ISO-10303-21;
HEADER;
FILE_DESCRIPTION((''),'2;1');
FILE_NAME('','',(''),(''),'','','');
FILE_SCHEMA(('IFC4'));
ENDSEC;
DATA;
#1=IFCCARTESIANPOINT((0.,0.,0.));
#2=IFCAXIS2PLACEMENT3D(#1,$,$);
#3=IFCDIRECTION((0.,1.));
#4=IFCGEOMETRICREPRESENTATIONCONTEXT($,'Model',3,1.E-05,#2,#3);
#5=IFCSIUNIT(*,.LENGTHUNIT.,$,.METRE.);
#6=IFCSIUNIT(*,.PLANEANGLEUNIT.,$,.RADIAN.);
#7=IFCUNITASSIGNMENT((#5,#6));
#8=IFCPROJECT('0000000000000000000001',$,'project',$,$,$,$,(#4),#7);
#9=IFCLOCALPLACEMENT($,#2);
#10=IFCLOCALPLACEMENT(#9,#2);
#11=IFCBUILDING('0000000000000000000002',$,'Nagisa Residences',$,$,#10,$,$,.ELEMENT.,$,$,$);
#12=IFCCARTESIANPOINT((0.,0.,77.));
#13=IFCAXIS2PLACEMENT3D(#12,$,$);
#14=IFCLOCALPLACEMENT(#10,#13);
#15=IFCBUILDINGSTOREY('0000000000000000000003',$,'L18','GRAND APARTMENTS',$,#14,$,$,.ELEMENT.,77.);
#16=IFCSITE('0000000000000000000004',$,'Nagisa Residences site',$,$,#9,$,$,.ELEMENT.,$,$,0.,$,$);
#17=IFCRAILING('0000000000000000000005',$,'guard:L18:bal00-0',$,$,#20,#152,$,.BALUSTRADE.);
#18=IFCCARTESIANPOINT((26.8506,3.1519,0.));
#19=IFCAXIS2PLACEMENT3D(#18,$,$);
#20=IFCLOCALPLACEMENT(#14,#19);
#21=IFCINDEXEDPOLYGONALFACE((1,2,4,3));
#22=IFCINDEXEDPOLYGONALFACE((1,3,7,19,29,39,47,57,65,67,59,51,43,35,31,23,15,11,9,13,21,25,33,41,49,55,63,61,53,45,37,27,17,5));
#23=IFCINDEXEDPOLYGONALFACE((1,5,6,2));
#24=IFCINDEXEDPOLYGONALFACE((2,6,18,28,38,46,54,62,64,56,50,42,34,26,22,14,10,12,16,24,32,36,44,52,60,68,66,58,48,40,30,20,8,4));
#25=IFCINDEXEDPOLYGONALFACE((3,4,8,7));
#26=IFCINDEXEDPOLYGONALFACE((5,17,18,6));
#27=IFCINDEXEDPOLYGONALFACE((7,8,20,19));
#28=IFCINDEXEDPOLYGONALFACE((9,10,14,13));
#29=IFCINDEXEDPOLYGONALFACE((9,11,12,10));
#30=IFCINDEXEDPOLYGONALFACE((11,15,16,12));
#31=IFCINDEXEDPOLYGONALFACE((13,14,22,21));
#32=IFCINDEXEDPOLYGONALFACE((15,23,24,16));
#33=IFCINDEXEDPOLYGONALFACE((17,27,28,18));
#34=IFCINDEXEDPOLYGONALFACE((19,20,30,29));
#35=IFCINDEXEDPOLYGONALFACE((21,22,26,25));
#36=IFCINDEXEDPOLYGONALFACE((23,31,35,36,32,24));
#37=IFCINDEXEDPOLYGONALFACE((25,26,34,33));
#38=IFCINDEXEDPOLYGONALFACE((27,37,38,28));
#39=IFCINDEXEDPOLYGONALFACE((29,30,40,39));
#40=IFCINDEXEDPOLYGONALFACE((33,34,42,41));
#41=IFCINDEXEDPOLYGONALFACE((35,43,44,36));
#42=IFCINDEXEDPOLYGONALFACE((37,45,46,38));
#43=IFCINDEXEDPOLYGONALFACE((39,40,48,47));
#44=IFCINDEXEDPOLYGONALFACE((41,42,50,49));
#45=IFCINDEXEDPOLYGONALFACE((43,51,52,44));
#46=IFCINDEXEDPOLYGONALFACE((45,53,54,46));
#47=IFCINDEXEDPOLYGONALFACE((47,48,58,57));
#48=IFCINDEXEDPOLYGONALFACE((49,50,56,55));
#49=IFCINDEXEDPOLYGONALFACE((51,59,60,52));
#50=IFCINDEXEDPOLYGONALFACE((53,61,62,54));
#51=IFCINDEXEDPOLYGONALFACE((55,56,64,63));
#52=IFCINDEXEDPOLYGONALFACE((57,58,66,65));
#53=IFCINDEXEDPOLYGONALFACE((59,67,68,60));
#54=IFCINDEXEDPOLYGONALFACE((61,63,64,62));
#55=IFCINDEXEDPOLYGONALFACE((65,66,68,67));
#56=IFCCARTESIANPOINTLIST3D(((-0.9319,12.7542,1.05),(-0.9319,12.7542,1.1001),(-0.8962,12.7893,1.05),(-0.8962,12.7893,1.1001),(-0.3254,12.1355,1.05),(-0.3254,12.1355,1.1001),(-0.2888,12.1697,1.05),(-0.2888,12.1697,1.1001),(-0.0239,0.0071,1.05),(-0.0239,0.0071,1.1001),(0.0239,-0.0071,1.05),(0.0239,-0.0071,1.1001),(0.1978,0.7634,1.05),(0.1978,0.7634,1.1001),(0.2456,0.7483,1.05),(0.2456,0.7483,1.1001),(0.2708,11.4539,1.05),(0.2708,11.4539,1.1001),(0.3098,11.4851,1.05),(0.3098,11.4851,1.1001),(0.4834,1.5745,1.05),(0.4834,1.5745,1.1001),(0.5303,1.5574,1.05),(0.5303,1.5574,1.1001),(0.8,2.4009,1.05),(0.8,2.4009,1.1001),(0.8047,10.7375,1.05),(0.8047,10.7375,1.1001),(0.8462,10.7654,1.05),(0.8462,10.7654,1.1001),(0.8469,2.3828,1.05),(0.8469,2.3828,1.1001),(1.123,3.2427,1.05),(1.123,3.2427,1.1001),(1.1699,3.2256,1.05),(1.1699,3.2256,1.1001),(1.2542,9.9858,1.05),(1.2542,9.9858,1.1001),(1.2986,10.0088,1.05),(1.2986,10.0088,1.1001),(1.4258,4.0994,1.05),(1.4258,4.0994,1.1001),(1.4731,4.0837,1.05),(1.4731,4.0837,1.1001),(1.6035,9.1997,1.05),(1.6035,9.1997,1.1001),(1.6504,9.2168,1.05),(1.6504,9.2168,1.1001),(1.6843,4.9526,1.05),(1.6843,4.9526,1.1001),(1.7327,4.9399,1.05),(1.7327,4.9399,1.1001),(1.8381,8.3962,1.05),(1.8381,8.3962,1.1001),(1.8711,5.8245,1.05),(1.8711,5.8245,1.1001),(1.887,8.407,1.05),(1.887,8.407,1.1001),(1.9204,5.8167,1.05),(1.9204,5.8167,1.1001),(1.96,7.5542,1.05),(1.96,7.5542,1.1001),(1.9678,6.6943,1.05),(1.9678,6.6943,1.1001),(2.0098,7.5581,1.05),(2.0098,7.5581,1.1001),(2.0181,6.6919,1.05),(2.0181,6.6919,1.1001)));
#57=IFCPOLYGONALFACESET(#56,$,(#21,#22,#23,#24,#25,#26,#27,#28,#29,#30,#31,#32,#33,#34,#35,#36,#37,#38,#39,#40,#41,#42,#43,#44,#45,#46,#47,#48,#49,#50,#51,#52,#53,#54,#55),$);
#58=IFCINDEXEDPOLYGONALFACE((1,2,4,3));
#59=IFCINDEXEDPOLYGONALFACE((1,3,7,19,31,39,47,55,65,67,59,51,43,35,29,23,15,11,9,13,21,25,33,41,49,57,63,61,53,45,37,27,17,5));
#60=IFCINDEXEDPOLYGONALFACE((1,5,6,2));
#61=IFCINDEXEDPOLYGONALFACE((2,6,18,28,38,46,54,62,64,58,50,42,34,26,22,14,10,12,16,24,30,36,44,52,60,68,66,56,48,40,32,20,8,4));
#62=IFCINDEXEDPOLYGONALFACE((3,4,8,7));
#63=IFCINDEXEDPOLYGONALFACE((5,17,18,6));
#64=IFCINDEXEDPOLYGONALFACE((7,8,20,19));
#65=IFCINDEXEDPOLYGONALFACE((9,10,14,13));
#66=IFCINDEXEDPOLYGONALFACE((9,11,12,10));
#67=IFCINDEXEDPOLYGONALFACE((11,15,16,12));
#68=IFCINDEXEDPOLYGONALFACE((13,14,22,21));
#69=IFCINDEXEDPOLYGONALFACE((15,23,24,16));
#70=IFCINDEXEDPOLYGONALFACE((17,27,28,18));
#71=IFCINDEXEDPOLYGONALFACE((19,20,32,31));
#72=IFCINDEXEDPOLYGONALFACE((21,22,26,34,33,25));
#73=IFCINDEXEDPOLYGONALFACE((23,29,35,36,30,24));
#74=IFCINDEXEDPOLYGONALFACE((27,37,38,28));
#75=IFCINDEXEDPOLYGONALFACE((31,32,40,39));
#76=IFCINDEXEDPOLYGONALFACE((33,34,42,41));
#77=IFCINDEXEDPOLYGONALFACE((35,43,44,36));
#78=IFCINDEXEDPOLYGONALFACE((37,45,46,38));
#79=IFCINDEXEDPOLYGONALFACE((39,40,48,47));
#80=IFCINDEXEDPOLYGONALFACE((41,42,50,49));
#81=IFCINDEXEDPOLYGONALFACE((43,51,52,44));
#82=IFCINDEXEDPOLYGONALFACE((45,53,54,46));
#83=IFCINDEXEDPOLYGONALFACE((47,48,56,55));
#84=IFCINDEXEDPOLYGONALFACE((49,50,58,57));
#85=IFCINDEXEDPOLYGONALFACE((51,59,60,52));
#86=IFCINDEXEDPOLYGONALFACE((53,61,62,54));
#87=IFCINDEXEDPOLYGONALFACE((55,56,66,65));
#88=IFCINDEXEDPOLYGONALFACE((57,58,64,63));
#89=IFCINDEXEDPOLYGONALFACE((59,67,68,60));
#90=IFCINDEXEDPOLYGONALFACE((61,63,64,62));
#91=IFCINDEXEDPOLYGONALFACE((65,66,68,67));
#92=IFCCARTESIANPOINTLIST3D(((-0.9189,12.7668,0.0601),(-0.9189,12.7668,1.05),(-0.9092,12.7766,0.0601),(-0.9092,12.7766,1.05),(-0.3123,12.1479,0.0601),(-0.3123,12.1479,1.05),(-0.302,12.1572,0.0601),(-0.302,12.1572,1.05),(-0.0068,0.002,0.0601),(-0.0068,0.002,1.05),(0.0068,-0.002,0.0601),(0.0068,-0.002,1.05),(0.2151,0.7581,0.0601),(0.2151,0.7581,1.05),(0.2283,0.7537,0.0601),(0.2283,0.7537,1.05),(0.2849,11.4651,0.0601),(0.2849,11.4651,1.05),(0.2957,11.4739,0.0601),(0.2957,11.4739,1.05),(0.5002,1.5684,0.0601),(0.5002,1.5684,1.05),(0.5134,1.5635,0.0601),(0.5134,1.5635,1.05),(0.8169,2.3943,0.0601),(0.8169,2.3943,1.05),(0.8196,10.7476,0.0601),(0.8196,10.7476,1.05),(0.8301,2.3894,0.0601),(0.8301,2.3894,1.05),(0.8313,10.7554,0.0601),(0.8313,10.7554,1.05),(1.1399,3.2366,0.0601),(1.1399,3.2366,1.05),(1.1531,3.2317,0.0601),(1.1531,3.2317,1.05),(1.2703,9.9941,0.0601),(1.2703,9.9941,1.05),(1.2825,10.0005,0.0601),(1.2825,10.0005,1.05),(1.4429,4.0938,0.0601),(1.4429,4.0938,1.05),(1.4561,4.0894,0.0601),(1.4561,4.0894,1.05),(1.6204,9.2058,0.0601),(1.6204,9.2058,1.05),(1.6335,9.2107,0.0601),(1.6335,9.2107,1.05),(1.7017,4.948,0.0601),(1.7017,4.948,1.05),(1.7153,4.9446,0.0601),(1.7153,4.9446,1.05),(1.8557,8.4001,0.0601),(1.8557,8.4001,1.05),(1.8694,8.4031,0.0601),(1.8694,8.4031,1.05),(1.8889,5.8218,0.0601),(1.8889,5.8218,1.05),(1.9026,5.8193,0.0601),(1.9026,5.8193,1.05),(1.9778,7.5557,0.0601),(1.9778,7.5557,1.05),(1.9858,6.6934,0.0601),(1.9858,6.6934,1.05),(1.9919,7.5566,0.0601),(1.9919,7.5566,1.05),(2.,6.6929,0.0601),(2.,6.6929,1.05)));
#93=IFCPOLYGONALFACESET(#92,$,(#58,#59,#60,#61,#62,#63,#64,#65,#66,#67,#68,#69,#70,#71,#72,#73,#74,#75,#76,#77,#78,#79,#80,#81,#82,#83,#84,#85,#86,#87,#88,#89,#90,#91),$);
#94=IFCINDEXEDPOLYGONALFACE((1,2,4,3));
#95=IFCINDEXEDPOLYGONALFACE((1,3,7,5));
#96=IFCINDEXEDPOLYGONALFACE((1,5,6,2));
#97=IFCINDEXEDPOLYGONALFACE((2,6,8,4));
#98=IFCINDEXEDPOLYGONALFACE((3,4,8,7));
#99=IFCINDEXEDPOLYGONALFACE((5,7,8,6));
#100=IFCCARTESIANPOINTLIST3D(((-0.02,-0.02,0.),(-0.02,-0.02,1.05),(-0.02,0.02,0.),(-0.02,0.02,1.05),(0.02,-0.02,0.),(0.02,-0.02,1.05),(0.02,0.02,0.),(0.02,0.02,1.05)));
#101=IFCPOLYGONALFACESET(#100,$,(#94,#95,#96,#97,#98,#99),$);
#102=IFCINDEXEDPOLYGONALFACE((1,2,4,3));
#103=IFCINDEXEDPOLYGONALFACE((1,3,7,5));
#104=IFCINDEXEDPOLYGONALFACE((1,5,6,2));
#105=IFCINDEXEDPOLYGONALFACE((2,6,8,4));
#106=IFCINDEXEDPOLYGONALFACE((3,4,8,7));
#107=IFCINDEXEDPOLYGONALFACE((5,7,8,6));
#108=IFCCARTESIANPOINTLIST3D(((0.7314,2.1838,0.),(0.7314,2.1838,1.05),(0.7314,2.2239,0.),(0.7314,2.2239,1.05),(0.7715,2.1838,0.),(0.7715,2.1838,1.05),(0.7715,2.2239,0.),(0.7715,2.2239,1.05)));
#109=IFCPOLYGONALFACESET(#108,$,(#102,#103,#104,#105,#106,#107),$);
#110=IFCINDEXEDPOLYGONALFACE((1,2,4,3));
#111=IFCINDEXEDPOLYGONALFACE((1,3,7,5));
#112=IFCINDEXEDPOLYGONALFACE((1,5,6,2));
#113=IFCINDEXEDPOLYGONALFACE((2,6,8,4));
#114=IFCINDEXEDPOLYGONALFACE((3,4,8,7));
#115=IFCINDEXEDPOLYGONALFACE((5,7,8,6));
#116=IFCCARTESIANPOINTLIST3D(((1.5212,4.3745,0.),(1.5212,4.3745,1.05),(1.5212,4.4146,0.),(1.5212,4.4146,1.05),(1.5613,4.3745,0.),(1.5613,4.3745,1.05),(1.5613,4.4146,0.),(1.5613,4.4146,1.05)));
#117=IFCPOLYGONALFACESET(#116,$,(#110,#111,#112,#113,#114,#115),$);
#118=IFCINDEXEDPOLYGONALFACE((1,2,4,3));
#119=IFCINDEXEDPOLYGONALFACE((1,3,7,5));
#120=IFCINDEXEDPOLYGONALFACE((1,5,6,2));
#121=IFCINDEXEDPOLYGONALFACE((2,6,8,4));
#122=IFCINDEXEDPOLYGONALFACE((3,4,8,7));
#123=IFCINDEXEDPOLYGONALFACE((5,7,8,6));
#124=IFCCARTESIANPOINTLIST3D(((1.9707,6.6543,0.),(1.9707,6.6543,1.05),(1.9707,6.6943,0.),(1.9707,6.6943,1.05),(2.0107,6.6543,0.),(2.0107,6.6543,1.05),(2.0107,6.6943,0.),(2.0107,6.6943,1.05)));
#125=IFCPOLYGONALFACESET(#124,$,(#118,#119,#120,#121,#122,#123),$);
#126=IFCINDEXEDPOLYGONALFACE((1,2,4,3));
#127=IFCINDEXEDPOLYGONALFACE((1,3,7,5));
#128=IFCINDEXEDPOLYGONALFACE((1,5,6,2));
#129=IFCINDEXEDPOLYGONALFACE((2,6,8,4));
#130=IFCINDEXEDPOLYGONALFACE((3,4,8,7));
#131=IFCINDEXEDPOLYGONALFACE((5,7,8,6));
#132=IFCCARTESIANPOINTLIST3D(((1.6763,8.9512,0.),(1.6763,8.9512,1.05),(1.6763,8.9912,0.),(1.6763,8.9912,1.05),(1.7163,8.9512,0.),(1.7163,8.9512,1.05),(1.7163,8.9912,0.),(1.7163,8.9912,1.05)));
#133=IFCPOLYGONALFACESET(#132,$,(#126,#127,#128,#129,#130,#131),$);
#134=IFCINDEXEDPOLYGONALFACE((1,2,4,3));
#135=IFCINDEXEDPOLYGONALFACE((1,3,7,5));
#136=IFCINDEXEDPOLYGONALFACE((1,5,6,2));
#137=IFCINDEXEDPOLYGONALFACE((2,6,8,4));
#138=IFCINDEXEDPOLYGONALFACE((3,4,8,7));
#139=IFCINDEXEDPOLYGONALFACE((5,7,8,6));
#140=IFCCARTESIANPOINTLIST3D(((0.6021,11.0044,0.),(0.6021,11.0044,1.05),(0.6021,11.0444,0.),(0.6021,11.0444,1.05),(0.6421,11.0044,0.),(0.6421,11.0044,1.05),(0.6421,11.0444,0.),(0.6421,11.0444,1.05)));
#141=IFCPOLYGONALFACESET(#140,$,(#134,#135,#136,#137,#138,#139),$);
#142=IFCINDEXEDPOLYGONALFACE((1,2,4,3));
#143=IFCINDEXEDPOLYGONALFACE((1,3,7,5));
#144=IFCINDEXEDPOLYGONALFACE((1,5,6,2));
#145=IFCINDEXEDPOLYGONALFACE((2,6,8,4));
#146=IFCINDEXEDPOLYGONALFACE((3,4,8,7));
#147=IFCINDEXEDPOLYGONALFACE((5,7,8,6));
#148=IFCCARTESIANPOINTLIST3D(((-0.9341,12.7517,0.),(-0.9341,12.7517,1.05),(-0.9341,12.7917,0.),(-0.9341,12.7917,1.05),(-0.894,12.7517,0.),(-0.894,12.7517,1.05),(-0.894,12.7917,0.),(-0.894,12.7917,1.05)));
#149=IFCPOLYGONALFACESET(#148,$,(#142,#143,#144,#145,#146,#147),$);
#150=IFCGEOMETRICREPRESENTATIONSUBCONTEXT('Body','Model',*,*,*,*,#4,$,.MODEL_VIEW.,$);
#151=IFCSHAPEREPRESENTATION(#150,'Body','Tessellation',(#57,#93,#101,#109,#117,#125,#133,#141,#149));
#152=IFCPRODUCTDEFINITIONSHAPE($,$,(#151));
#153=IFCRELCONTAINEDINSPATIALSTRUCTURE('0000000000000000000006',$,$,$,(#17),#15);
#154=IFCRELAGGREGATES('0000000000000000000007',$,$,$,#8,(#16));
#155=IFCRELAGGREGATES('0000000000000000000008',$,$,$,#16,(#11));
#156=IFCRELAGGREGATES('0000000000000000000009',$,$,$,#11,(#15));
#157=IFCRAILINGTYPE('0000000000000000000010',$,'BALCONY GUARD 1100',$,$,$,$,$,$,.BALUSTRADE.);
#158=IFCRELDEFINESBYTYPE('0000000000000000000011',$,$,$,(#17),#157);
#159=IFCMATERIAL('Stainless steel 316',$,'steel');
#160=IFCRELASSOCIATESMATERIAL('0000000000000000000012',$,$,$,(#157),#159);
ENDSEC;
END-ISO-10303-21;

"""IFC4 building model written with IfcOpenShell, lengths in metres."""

from ifc_helpers import new_model, si_unit, direction, frame, origin, origin_2d, place, context, subcontext, project, spatial, polyline, rectangle, outline, extrude, material, type_object, element, save


model = new_model("IFC4")

# Units and contexts
model_context = context("Model", 3, precision=1e-05, world=origin(), true_north=direction((0.0, 1.0)))
body_context = subcontext(model_context, "Body", "Model", "MODEL_VIEW")
ifc_project = project(units=[si_unit("LENGTHUNIT", "METRE"), si_unit("PLANEANGLEUNIT", "RADIAN")], contexts=[model_context])

# Site, building, storey
site_placement = place(None, origin())
site = spatial("IfcSite", under=ifc_project, at=site_placement, Name="Nagisa Residences site", CompositionType="ELEMENT", RefElevation=0.0)
building_placement = place(site_placement, origin())
building = spatial("IfcBuilding", under=site, at=building_placement, Name="Nagisa Residences", CompositionType="ELEMENT")
storey_placement = place(building_placement, frame((0.0, 0.0, 77.0)))
storey = spatial("IfcBuildingStorey", under=building, at=storey_placement, Name="L18", Description="GRAND APARTMENTS", CompositionType="ELEMENT", Elevation=77.0)

# Railing
ifc_material_1 = material(Name="Stainless steel 316", Category="steel")
railing_type = type_object("IfcRailingType", Name="BALCONY GUARD 1100", PredefinedType="BALUSTRADE", material=ifc_material_1)
railing_placement = place(storey_placement, frame((26.8506, 3.1519, 0.0)))
element("IfcRailing", 1, at=railing_placement, inside=storey, type_object=railing_type, Name="guard:L18:bal00-0", PredefinedType="BALUSTRADE", context=body_context, shape_type="SweptSolid", body=[
    extrude(outline(polyline([(0.1978, 0.7634), (-0.0239, 0.0071), (0.0239, -0.0071), (0.2456, 0.7483), (0.5303, 1.5574), (0.8469, 2.3828), (1.1699, 3.2256), (1.4731, 4.0837), (1.7327, 4.9399), (1.9204, 5.8167), (2.0181, 6.6919), (2.0098, 7.5581), (1.887, 8.407), (1.6504, 9.2168), (1.2986, 10.0088), (0.8462, 10.7654), (0.3098, 11.4851), (-0.2888, 12.1697), (-0.8962, 12.7893), (-0.9319, 12.7542), (-0.3254, 12.1355), (0.2708, 11.4539), (0.8047, 10.7375), (1.2542, 9.9858), (1.6035, 9.1997), (1.8381, 8.3962), (1.96, 7.5542), (1.9678, 6.6943), (1.8711, 5.8245), (1.6843, 4.9526), (1.4258, 4.0994), (1.123, 3.2427), (0.8, 2.4009), (0.4834, 1.5745), (0.1978, 0.7634)])), frame((0.0, 0.0, 1.05)), (0.0, 0.0, 1.0), 0.05),
    extrude(outline(polyline([(0.2151, 0.7581), (-0.0068, 0.002), (0.0068, -0.002), (0.2283, 0.7537), (0.5134, 1.5635), (0.8301, 2.3894), (1.1531, 3.2317), (1.4561, 4.0894), (1.7153, 4.9446), (1.9026, 5.8193), (2.0, 6.6929), (1.9919, 7.5566), (1.8694, 8.4031), (1.6335, 9.2107), (1.2825, 10.0005), (0.8313, 10.7554), (0.2957, 11.4739), (-0.302, 12.1572), (-0.9092, 12.7766), (-0.9189, 12.7668), (-0.3123, 12.1479), (0.2849, 11.4651), (0.8196, 10.7476), (1.2703, 9.9941), (1.6204, 9.2058), (1.8557, 8.4001), (1.9778, 7.5557), (1.9858, 6.6934), (1.8889, 5.8218), (1.7017, 4.948), (1.4429, 4.0938), (1.1399, 3.2366), (0.8169, 2.3943), (0.5002, 1.5684), (0.2151, 0.7581)])), frame((0.0, 0.0, 0.0601)), (0.0, 0.0, 1.0), 0.99),
    extrude(rectangle(XDim=0.04, YDim=0.04, at=origin_2d()), origin(), (0.0, 0.0, 1.0), 1.05),
    extrude(rectangle(XDim=0.04, YDim=0.04, at=origin_2d()), frame((0.7515, 2.2039, 0.0)), (0.0, 0.0, 1.0), 1.05),
    extrude(rectangle(XDim=0.04, YDim=0.04, at=origin_2d()), frame((1.5413, 4.3945, 0.0)), (0.0, 0.0, 1.0), 1.05),
    extrude(rectangle(XDim=0.04, YDim=0.04, at=origin_2d()), frame((1.9907, 6.6743, 0.0)), (0.0, 0.0, 1.0), 1.05),
    extrude(rectangle(XDim=0.04, YDim=0.04, at=origin_2d()), frame((1.6963, 8.9712, 0.0)), (0.0, 0.0, 1.0), 1.05),
    extrude(rectangle(XDim=0.04, YDim=0.04, at=origin_2d()), frame((0.6221, 11.0244, 0.0)), (0.0, 0.0, 1.0), 1.05),
    extrude(rectangle(XDim=0.04, YDim=0.04, at=origin_2d()), frame((-0.9141, 12.7717, 0.0)), (0.0, 0.0, 1.0), 1.05),
])

save(model, "model.ifc")
